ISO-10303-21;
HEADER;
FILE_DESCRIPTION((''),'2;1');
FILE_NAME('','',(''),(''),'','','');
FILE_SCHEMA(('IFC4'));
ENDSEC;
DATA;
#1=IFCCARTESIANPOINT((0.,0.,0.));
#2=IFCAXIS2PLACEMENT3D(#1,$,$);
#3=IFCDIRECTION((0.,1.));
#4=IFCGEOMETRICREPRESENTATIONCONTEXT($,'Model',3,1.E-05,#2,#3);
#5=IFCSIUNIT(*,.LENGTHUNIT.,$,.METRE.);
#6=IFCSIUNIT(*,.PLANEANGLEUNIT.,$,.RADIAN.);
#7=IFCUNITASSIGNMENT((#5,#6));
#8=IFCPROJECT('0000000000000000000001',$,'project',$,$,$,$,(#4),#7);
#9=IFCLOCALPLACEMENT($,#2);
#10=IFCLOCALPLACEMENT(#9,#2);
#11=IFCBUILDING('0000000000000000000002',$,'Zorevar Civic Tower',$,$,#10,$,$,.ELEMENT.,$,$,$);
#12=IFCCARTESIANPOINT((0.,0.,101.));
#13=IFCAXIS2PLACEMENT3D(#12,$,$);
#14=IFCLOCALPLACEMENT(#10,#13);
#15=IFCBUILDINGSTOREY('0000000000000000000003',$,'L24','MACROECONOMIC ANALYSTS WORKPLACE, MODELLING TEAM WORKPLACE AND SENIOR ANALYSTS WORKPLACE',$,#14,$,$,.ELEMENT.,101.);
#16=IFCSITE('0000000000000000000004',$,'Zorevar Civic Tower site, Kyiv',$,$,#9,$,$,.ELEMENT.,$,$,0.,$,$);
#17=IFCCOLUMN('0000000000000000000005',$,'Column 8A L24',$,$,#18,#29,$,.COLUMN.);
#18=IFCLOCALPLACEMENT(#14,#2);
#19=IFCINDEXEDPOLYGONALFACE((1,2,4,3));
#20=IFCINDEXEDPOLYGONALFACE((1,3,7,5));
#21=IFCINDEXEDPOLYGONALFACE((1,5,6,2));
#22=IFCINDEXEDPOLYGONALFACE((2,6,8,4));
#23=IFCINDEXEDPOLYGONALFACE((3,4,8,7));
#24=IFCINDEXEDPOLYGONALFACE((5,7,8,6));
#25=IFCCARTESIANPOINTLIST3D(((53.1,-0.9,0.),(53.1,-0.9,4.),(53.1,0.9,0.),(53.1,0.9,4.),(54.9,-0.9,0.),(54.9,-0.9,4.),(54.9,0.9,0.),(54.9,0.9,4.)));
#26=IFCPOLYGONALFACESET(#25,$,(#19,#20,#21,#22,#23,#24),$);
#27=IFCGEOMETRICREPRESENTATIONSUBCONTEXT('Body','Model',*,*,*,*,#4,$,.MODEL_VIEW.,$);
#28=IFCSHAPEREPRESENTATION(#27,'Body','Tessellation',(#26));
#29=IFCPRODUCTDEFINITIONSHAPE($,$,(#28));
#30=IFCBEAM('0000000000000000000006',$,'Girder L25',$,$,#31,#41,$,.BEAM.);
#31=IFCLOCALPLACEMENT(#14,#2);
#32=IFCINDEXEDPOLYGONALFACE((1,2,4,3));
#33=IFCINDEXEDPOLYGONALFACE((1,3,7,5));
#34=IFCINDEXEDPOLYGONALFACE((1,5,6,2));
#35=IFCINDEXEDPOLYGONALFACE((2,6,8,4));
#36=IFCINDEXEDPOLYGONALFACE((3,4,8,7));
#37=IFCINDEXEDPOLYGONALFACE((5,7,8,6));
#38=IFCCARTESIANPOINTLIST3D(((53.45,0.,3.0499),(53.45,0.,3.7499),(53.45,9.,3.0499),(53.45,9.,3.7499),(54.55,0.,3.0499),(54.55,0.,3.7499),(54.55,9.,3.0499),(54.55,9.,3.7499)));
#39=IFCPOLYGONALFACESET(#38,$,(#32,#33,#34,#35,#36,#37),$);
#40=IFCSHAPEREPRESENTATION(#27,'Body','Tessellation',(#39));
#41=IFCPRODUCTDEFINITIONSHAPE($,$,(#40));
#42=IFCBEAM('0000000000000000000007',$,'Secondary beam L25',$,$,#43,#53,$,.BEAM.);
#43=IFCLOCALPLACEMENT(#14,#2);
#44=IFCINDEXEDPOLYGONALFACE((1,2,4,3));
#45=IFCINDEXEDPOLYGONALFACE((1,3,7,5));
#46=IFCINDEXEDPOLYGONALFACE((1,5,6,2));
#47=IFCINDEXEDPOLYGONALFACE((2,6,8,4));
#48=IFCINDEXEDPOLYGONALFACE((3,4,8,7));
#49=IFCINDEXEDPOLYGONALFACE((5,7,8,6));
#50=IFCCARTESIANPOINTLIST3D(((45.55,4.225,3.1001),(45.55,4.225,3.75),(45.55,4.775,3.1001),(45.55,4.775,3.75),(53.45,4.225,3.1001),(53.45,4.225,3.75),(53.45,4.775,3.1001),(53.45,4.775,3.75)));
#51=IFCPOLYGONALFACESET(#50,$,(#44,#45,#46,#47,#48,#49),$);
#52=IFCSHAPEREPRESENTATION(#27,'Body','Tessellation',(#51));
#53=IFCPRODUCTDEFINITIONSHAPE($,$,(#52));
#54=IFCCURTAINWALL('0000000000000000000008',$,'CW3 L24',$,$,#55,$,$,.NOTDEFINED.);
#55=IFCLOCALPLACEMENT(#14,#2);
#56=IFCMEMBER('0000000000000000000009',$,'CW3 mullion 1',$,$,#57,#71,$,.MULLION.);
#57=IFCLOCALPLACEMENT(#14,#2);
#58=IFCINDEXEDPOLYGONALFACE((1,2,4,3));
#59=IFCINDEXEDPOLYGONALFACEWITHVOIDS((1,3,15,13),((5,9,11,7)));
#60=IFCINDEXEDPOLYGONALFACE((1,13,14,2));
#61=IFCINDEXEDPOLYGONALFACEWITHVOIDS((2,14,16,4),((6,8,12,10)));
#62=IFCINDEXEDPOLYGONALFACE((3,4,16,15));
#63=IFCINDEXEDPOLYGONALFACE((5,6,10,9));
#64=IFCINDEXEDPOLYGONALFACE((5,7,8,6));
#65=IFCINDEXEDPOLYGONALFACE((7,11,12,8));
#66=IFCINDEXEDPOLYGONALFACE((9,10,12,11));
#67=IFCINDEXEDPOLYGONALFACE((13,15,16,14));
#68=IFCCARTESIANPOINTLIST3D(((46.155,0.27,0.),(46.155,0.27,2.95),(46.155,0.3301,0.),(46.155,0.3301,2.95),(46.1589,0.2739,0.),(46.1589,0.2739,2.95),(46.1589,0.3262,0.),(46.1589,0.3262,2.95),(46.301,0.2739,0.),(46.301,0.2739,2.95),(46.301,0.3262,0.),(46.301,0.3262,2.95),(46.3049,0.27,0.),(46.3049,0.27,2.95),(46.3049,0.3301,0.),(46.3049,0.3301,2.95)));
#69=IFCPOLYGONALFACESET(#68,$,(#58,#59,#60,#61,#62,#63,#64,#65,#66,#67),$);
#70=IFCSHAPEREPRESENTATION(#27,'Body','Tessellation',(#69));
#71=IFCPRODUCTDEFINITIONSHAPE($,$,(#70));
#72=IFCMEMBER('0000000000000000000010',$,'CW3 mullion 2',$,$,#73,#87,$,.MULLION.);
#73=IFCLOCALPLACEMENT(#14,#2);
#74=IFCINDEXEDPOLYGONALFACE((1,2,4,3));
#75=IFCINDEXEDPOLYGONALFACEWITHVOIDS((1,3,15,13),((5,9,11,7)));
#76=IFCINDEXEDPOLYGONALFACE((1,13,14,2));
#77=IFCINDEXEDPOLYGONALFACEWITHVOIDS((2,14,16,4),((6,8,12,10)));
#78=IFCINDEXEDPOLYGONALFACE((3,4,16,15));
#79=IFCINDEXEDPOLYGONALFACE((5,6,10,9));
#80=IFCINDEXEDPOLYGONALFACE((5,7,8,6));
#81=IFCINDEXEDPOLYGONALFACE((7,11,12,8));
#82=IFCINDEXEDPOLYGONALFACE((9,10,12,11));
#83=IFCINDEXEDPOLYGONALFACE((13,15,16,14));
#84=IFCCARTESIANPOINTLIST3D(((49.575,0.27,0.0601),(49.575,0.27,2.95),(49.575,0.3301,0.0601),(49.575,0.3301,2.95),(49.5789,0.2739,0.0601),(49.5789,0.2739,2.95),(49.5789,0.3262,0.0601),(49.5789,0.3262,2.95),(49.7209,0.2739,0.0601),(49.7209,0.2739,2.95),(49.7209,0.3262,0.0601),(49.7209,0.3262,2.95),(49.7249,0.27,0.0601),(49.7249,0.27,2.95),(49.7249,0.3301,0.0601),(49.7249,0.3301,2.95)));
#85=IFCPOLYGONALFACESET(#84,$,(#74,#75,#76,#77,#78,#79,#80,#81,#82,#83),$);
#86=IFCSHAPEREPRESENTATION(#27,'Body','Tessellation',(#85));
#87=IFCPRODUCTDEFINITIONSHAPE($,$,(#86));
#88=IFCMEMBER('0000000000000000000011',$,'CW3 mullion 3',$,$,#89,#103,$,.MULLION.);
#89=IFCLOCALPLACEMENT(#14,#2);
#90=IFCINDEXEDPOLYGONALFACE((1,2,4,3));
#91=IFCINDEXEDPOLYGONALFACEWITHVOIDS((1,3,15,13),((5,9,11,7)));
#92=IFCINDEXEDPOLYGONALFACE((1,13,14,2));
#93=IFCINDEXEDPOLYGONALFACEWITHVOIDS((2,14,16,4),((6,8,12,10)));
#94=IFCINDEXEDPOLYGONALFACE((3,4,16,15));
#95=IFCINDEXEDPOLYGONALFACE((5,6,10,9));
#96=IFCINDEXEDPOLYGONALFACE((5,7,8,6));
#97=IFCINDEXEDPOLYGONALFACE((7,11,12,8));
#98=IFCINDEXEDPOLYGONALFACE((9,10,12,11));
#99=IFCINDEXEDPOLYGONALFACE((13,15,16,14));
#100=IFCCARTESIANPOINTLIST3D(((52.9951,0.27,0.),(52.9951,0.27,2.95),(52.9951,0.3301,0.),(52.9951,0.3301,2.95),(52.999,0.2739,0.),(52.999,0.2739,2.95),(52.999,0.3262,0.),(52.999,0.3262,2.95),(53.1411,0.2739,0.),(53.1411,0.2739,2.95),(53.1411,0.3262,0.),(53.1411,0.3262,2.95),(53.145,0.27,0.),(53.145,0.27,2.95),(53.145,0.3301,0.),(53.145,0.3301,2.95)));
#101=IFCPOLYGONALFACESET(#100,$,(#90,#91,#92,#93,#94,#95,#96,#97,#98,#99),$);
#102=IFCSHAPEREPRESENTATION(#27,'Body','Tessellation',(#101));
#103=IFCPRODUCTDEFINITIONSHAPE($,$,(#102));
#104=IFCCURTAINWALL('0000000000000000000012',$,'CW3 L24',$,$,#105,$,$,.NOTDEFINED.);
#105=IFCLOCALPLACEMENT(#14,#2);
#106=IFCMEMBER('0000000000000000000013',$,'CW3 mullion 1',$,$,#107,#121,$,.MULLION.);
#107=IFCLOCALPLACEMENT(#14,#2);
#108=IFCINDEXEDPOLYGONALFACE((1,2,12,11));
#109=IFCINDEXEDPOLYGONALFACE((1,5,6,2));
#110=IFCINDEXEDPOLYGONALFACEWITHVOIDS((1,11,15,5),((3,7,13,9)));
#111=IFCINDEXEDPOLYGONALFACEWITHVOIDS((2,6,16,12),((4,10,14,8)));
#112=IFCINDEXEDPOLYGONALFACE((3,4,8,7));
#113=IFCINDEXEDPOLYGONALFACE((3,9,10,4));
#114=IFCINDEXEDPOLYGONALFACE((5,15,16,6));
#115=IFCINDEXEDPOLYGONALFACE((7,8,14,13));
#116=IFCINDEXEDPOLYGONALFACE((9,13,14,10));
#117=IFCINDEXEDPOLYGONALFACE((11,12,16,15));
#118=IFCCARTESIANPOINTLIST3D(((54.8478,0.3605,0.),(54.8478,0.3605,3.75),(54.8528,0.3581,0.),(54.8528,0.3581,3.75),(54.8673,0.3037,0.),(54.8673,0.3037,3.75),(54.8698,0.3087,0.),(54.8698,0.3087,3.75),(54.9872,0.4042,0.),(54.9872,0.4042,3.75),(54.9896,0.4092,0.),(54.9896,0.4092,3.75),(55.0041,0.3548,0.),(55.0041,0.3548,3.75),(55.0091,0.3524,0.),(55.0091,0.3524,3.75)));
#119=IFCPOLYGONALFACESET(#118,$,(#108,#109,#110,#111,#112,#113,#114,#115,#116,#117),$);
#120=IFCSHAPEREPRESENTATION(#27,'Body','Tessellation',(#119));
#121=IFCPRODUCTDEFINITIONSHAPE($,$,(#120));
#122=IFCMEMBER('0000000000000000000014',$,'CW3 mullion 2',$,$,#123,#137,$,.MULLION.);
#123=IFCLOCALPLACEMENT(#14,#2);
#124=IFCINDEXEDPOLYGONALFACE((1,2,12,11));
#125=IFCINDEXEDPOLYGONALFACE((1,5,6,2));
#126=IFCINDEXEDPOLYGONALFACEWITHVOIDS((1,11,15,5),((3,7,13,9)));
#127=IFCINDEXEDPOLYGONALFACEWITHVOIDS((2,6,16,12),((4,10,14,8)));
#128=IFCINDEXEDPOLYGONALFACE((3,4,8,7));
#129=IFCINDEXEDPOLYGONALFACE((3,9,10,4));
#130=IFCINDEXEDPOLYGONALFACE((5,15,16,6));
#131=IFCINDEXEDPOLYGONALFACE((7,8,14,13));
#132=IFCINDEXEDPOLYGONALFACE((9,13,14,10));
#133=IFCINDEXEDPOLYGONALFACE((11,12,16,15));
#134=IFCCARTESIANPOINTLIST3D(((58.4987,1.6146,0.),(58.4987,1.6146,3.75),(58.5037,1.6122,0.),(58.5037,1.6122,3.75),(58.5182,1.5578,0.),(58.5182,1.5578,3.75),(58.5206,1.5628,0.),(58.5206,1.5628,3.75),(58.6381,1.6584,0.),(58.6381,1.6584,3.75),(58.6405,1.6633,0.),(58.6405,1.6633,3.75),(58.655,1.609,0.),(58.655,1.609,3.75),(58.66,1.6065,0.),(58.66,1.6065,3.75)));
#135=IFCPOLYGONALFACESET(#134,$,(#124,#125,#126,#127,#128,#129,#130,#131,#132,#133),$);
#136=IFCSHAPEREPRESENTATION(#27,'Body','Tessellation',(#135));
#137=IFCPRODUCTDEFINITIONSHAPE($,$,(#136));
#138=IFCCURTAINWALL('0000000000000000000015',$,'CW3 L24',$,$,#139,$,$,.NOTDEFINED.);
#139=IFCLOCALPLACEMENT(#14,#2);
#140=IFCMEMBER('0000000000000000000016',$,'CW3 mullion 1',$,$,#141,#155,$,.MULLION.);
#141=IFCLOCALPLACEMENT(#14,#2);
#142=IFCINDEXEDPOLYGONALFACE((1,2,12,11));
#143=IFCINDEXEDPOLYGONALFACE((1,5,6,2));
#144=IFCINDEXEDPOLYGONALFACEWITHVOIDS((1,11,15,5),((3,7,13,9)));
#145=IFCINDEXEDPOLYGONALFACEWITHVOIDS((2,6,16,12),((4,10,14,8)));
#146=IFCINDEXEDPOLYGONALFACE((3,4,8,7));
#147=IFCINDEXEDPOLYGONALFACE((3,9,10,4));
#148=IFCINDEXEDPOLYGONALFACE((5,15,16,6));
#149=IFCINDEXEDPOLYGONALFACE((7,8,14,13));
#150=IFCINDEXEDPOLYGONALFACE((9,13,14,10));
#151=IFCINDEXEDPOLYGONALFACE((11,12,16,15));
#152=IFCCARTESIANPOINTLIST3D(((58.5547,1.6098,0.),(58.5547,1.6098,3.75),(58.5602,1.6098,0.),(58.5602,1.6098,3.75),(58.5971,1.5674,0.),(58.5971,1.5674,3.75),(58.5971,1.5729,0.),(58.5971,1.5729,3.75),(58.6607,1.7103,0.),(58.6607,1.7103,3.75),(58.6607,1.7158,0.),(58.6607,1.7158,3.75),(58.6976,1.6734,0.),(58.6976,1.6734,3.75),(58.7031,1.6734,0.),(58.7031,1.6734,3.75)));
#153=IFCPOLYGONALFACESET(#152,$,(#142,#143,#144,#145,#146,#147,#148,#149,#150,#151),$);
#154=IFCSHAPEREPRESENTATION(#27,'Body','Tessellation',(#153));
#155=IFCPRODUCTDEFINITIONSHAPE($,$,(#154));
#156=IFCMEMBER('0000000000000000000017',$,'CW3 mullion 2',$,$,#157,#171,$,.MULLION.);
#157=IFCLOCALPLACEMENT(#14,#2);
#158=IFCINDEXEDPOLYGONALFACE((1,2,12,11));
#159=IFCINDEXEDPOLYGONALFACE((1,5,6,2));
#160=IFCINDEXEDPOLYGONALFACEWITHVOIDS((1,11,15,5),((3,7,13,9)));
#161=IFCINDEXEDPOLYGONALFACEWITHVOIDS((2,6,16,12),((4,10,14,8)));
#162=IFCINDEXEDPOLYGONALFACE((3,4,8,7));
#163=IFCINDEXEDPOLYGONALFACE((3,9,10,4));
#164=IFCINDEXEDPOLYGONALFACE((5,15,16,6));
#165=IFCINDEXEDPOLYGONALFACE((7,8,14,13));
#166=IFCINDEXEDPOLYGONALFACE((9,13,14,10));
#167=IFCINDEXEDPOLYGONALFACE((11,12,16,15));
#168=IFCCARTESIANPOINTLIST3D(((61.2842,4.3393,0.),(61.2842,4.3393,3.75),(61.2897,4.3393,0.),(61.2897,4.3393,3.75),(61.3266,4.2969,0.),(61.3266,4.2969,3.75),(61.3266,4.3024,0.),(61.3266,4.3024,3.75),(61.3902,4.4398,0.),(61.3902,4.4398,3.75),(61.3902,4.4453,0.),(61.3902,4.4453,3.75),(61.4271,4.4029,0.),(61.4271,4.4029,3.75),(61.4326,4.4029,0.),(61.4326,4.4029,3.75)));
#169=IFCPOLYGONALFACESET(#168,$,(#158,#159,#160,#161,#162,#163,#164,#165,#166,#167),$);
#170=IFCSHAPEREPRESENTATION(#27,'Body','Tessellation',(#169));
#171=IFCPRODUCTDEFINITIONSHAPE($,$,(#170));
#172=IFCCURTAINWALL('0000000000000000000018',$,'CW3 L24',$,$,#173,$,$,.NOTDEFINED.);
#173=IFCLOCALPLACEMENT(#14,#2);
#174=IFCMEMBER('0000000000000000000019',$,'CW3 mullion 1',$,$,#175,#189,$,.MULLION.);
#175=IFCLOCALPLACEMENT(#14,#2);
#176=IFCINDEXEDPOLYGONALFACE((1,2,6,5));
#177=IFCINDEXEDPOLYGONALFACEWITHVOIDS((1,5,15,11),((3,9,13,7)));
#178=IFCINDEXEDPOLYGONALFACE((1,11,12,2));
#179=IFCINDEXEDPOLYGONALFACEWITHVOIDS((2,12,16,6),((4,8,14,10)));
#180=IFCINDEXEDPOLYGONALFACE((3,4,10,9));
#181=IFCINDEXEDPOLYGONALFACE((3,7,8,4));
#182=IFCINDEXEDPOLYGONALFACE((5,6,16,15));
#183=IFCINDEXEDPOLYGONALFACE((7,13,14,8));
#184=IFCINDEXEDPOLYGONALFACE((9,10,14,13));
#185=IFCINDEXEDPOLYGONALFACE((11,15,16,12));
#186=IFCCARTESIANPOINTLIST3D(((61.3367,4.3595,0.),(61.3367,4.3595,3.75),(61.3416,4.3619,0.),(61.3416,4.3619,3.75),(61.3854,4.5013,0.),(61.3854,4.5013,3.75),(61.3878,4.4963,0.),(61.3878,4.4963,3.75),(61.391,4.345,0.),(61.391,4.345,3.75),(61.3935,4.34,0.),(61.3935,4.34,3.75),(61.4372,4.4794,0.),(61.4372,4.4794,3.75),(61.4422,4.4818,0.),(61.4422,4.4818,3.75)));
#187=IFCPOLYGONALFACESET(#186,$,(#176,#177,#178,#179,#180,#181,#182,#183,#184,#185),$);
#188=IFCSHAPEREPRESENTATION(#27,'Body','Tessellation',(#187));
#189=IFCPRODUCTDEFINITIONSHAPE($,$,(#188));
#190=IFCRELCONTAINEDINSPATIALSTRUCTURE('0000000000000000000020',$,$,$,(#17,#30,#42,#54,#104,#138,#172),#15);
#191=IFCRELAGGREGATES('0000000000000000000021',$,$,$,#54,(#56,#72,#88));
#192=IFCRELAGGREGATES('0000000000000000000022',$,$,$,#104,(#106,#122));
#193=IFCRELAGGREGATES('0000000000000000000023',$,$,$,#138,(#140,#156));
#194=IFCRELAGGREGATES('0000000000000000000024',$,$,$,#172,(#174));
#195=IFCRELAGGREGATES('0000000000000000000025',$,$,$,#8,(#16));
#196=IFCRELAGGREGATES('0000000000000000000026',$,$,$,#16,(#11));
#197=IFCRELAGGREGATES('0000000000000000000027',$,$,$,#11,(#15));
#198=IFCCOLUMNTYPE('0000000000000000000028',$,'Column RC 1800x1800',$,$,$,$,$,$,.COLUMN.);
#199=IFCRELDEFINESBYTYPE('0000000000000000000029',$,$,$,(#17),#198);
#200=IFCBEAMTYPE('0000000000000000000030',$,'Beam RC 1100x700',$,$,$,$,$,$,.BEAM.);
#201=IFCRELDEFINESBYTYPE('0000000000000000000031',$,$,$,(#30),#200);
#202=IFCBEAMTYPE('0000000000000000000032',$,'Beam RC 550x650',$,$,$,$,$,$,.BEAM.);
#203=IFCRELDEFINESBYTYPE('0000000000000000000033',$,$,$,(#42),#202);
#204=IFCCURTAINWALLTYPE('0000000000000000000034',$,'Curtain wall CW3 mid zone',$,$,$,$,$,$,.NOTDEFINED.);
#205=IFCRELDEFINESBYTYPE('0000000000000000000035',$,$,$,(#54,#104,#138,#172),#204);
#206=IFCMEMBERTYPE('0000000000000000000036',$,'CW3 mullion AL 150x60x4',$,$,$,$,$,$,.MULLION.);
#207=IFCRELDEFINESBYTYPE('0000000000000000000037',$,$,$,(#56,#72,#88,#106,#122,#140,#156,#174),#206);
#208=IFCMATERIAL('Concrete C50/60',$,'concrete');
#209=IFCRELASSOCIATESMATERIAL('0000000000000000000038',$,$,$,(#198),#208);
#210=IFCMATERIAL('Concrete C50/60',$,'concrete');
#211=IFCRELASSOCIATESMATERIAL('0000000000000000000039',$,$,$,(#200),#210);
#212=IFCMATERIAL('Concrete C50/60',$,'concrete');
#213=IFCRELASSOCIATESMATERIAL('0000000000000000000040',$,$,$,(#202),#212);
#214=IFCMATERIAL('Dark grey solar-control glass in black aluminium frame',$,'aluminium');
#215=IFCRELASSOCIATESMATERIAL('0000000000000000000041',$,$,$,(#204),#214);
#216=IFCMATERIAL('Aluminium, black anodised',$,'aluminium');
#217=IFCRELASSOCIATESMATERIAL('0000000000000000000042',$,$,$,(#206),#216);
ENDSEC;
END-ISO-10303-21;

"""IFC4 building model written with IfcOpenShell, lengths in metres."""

from ifc_helpers import new_model, si_unit, direction, frame, origin, origin_2d, place, context, subcontext, project, spatial, rectangle, hollow_rectangle, extrude, material, material_profile, profile_set, type_object, element, aggregate, save


model = new_model("IFC4")

# Units and contexts
model_context = context("Model", 3, precision=1e-05, world=origin(), true_north=direction((0.0, 1.0)))
body_context = subcontext(model_context, "Body", "Model", "MODEL_VIEW")
ifc_project = project(units=[si_unit("LENGTHUNIT", "METRE"), si_unit("PLANEANGLEUNIT", "RADIAN")], contexts=[model_context])

# Site, building, storey
site_placement = place(None, origin())
site = spatial("IfcSite", under=ifc_project, at=site_placement, Name="Zorevar Civic Tower site, Kyiv", CompositionType="ELEMENT", RefElevation=0.0)
building_placement = place(site_placement, origin())
building = spatial("IfcBuilding", under=site, at=building_placement, Name="Zorevar Civic Tower", CompositionType="ELEMENT")
storey_placement = place(building_placement, frame((0.0, 0.0, 101.0)))
storey = spatial("IfcBuildingStorey", under=building, at=storey_placement, Name="L24", Description="MACROECONOMIC ANALYSTS WORKPLACE, MODELLING TEAM WORKPLACE AND SENIOR ANALYSTS WORKPLACE", CompositionType="ELEMENT", Elevation=101.0)

# Column
ifc_material_1 = material(Name="Concrete C50/60", Category="concrete")
ifc_material_profile_1 = material_profile(ifc_material_1, rectangle(XDim=1.8, YDim=1.8, at=origin_2d()), Name="RC 1800x1800")
ifc_profile_set_1 = profile_set([ifc_material_profile_1], Name="Concrete C50/60")
column_type = type_object("IfcColumnType", Name="Column RC 1800x1800", PredefinedType="COLUMN", material=ifc_profile_set_1)
column_placement = place(storey_placement, frame((54.0, 0.0, 0.0), z_axis=(0.0, 0.0, 1.0), x_axis=(1.0, 0.0, 0.0)))
element("IfcColumn", 1, at=column_placement, inside=storey, type_object=column_type, Name="Column 8A L24", PredefinedType="COLUMN", context=body_context, shape_type="SweptSolid", body=[
    extrude(rectangle(XDim=1.8, YDim=1.8, at=origin_2d()), origin(), (0.0, 0.0, 1.0), 4.0),
])

# Beams
ifc_material_2 = material(Name="Concrete C50/60", Category="concrete")
ifc_material_profile_2 = material_profile(ifc_material_2, rectangle(XDim=1.1001, YDim=0.7, at=origin_2d()), Name="RC 1100x700")
ifc_profile_set_2 = profile_set([ifc_material_profile_2], Name="Concrete C50/60")
beam_type_1 = type_object("IfcBeamType", Name="Beam RC 1100x700", PredefinedType="BEAM", material=ifc_profile_set_2)
beam_1_placement = place(storey_placement, frame((54.0, 0.0, 3.3999), z_axis=(0.0, 1.0, 0.0), x_axis=(-1.0, 0.0, 0.0)))
element("IfcBeam", 2, at=beam_1_placement, inside=storey, type_object=beam_type_1, Name="Girder L25", PredefinedType="BEAM", context=body_context, shape_type="SweptSolid", body=[
    extrude(rectangle(XDim=1.1001, YDim=0.7, at=origin_2d()), origin(), (0.0, 0.0, 1.0), 9.0),
])
ifc_material_3 = material(Name="Concrete C50/60", Category="concrete")
ifc_material_profile_3 = material_profile(ifc_material_3, rectangle(XDim=0.55, YDim=0.6499, at=origin_2d()), Name="RC 550x650")
ifc_profile_set_3 = profile_set([ifc_material_profile_3], Name="Concrete C50/60")
beam_type_2 = type_object("IfcBeamType", Name="Beam RC 550x650", PredefinedType="BEAM", material=ifc_profile_set_3)
beam_2_placement = place(storey_placement, frame((45.55, 4.5, 3.425), z_axis=(1.0, 0.0, 0.0), x_axis=(0.0, 1.0, 0.0)))
element("IfcBeam", 3, at=beam_2_placement, inside=storey, type_object=beam_type_2, Name="Secondary beam L25", PredefinedType="BEAM", context=body_context, shape_type="SweptSolid", body=[
    extrude(rectangle(XDim=0.55, YDim=0.6499, at=origin_2d()), origin(), (0.0, 0.0, 1.0), 7.8999),
])

# Curtain walls, members
ifc_material_4 = material(Name="Dark grey solar-control glass in black aluminium frame", Category="aluminium")
curtain_wall_type = type_object("IfcCurtainWallType", Name="Curtain wall CW3 mid zone", PredefinedType="NOTDEFINED", material=ifc_material_4)
curtain_wall_1_placement = place(storey_placement, origin())
curtain_wall_1 = element("IfcCurtainWall", 4, at=curtain_wall_1_placement, inside=storey, type_object=curtain_wall_type, Name="CW3 L24", PredefinedType="NOTDEFINED")
ifc_material_5 = material(Name="Aluminium, black anodised", Category="aluminium")
ifc_material_profile_4 = material_profile(ifc_material_5, hollow_rectangle(XDim=0.0601, YDim=0.1499, WallThickness=0.0039, at=origin_2d()), Name="AL 150x60x4")
ifc_profile_set_4 = profile_set([ifc_material_profile_4], Name="Aluminium, black anodised")
member_type_1 = type_object("IfcMemberType", Name="CW3 mullion AL 150x60x4", PredefinedType="MULLION", material=ifc_profile_set_4)
member_1_placement = place(storey_placement, frame((46.23, 0.3, 0.0), z_axis=(0.0, 0.0, 1.0), x_axis=(0.0, 1.0, 0.0)))
member_1 = element("IfcMember", 5, at=member_1_placement, type_object=member_type_1, Name="CW3 mullion 1", PredefinedType="MULLION", context=body_context, shape_type="SweptSolid", body=[
    extrude(hollow_rectangle(XDim=0.0601, YDim=0.1499, WallThickness=0.0039, at=origin_2d()), origin(), (0.0, 0.0, 1.0), 2.95),
])
member_2_placement = place(storey_placement, frame((49.6499, 0.3, 0.0601), z_axis=(0.0, 0.0, 1.0), x_axis=(0.0, 1.0, 0.0)))
member_2 = element("IfcMember", 6, at=member_2_placement, type_object=member_type_1, Name="CW3 mullion 2", PredefinedType="MULLION", context=body_context, shape_type="SweptSolid", body=[
    extrude(hollow_rectangle(XDim=0.0601, YDim=0.1499, WallThickness=0.0039, at=origin_2d()), origin(), (0.0, 0.0, 1.0), 2.8899),
])
member_3_placement = place(storey_placement, frame((53.0701, 0.3, 0.0), z_axis=(0.0, 0.0, 1.0), x_axis=(0.0, 1.0, 0.0)))
member_3 = element("IfcMember", 7, at=member_3_placement, type_object=member_type_1, Name="CW3 mullion 3", PredefinedType="MULLION", context=body_context, shape_type="SweptSolid", body=[
    extrude(hollow_rectangle(XDim=0.0601, YDim=0.1499, WallThickness=0.0039, at=origin_2d()), origin(), (0.0, 0.0, 1.0), 2.95),
])
curtain_wall_2_placement = place(storey_placement, origin())
curtain_wall_2 = element("IfcCurtainWall", 8, at=curtain_wall_2_placement, inside=storey, type_object=curtain_wall_type, Name="CW3 L24", PredefinedType="NOTDEFINED")
member_4_placement = place(storey_placement, frame((54.9285, 0.3564, 0.0), z_axis=(0.0, 0.0, 1.0), x_axis=(-0.324878, 0.945756, 0.0)))
member_4 = element("IfcMember", 9, at=member_4_placement, type_object=member_type_1, Name="CW3 mullion 1", PredefinedType="MULLION", context=body_context, shape_type="SweptSolid", body=[
    extrude(hollow_rectangle(XDim=0.0601, YDim=0.1499, WallThickness=0.0039, at=origin_2d()), origin(), (0.0, 0.0, 1.0), 3.75),
])
member_5_placement = place(storey_placement, frame((58.5793, 1.6106, 0.0), z_axis=(0.0, 0.0, 1.0), x_axis=(-0.324878, 0.945756, 0.0)))
member_5 = element("IfcMember", 10, at=member_5_placement, type_object=member_type_1, Name="CW3 mullion 2", PredefinedType="MULLION", context=body_context, shape_type="SweptSolid", body=[
    extrude(hollow_rectangle(XDim=0.0601, YDim=0.1499, WallThickness=0.0039, at=origin_2d()), origin(), (0.0, 0.0, 1.0), 3.75),
])
curtain_wall_3_placement = place(storey_placement, origin())
curtain_wall_3 = element("IfcCurtainWall", 11, at=curtain_wall_3_placement, inside=storey, type_object=curtain_wall_type, Name="CW3 L24", PredefinedType="NOTDEFINED")
member_6_placement = place(storey_placement, frame((58.6289, 1.6416, 0.0), z_axis=(0.0, 0.0, 1.0), x_axis=(-0.707107, 0.707107, 0.0)))
member_6 = element("IfcMember", 12, at=member_6_placement, type_object=member_type_1, Name="CW3 mullion 1", PredefinedType="MULLION", context=body_context, shape_type="SweptSolid", body=[
    extrude(hollow_rectangle(XDim=0.0601, YDim=0.1499, WallThickness=0.0039, at=origin_2d()), origin(), (0.0, 0.0, 1.0), 3.75),
])
member_7_placement = place(storey_placement, frame((61.3584, 4.3711, 0.0), z_axis=(0.0, 0.0, 1.0), x_axis=(-0.707107, 0.707107, 0.0)))
member_7 = element("IfcMember", 13, at=member_7_placement, type_object=member_type_1, Name="CW3 mullion 2", PredefinedType="MULLION", context=body_context, shape_type="SweptSolid", body=[
    extrude(hollow_rectangle(XDim=0.0601, YDim=0.1499, WallThickness=0.0039, at=origin_2d()), origin(), (0.0, 0.0, 1.0), 3.75),
])
curtain_wall_4_placement = place(storey_placement, origin())
curtain_wall_4 = element("IfcCurtainWall", 14, at=curtain_wall_4_placement, inside=storey, type_object=curtain_wall_type, Name="CW3 L24", PredefinedType="NOTDEFINED")
member_8_placement = place(storey_placement, frame((61.3894, 4.4207, 0.0), z_axis=(0.0, 0.0, 1.0), x_axis=(-0.945756, 0.324878, 0.0)))
member_8 = element("IfcMember", 15, at=member_8_placement, type_object=member_type_1, Name="CW3 mullion 1", PredefinedType="MULLION", context=body_context, shape_type="SweptSolid", body=[
    extrude(hollow_rectangle(XDim=0.0601, YDim=0.1499, WallThickness=0.0039, at=origin_2d()), origin(), (0.0, 0.0, 1.0), 3.75),
])

aggregate(curtain_wall_1, [member_1, member_2, member_3])
aggregate(curtain_wall_2, [member_4, member_5])
aggregate(curtain_wall_3, [member_6, member_7])
aggregate(curtain_wall_4, [member_8])

save(model, "model.ifc")
